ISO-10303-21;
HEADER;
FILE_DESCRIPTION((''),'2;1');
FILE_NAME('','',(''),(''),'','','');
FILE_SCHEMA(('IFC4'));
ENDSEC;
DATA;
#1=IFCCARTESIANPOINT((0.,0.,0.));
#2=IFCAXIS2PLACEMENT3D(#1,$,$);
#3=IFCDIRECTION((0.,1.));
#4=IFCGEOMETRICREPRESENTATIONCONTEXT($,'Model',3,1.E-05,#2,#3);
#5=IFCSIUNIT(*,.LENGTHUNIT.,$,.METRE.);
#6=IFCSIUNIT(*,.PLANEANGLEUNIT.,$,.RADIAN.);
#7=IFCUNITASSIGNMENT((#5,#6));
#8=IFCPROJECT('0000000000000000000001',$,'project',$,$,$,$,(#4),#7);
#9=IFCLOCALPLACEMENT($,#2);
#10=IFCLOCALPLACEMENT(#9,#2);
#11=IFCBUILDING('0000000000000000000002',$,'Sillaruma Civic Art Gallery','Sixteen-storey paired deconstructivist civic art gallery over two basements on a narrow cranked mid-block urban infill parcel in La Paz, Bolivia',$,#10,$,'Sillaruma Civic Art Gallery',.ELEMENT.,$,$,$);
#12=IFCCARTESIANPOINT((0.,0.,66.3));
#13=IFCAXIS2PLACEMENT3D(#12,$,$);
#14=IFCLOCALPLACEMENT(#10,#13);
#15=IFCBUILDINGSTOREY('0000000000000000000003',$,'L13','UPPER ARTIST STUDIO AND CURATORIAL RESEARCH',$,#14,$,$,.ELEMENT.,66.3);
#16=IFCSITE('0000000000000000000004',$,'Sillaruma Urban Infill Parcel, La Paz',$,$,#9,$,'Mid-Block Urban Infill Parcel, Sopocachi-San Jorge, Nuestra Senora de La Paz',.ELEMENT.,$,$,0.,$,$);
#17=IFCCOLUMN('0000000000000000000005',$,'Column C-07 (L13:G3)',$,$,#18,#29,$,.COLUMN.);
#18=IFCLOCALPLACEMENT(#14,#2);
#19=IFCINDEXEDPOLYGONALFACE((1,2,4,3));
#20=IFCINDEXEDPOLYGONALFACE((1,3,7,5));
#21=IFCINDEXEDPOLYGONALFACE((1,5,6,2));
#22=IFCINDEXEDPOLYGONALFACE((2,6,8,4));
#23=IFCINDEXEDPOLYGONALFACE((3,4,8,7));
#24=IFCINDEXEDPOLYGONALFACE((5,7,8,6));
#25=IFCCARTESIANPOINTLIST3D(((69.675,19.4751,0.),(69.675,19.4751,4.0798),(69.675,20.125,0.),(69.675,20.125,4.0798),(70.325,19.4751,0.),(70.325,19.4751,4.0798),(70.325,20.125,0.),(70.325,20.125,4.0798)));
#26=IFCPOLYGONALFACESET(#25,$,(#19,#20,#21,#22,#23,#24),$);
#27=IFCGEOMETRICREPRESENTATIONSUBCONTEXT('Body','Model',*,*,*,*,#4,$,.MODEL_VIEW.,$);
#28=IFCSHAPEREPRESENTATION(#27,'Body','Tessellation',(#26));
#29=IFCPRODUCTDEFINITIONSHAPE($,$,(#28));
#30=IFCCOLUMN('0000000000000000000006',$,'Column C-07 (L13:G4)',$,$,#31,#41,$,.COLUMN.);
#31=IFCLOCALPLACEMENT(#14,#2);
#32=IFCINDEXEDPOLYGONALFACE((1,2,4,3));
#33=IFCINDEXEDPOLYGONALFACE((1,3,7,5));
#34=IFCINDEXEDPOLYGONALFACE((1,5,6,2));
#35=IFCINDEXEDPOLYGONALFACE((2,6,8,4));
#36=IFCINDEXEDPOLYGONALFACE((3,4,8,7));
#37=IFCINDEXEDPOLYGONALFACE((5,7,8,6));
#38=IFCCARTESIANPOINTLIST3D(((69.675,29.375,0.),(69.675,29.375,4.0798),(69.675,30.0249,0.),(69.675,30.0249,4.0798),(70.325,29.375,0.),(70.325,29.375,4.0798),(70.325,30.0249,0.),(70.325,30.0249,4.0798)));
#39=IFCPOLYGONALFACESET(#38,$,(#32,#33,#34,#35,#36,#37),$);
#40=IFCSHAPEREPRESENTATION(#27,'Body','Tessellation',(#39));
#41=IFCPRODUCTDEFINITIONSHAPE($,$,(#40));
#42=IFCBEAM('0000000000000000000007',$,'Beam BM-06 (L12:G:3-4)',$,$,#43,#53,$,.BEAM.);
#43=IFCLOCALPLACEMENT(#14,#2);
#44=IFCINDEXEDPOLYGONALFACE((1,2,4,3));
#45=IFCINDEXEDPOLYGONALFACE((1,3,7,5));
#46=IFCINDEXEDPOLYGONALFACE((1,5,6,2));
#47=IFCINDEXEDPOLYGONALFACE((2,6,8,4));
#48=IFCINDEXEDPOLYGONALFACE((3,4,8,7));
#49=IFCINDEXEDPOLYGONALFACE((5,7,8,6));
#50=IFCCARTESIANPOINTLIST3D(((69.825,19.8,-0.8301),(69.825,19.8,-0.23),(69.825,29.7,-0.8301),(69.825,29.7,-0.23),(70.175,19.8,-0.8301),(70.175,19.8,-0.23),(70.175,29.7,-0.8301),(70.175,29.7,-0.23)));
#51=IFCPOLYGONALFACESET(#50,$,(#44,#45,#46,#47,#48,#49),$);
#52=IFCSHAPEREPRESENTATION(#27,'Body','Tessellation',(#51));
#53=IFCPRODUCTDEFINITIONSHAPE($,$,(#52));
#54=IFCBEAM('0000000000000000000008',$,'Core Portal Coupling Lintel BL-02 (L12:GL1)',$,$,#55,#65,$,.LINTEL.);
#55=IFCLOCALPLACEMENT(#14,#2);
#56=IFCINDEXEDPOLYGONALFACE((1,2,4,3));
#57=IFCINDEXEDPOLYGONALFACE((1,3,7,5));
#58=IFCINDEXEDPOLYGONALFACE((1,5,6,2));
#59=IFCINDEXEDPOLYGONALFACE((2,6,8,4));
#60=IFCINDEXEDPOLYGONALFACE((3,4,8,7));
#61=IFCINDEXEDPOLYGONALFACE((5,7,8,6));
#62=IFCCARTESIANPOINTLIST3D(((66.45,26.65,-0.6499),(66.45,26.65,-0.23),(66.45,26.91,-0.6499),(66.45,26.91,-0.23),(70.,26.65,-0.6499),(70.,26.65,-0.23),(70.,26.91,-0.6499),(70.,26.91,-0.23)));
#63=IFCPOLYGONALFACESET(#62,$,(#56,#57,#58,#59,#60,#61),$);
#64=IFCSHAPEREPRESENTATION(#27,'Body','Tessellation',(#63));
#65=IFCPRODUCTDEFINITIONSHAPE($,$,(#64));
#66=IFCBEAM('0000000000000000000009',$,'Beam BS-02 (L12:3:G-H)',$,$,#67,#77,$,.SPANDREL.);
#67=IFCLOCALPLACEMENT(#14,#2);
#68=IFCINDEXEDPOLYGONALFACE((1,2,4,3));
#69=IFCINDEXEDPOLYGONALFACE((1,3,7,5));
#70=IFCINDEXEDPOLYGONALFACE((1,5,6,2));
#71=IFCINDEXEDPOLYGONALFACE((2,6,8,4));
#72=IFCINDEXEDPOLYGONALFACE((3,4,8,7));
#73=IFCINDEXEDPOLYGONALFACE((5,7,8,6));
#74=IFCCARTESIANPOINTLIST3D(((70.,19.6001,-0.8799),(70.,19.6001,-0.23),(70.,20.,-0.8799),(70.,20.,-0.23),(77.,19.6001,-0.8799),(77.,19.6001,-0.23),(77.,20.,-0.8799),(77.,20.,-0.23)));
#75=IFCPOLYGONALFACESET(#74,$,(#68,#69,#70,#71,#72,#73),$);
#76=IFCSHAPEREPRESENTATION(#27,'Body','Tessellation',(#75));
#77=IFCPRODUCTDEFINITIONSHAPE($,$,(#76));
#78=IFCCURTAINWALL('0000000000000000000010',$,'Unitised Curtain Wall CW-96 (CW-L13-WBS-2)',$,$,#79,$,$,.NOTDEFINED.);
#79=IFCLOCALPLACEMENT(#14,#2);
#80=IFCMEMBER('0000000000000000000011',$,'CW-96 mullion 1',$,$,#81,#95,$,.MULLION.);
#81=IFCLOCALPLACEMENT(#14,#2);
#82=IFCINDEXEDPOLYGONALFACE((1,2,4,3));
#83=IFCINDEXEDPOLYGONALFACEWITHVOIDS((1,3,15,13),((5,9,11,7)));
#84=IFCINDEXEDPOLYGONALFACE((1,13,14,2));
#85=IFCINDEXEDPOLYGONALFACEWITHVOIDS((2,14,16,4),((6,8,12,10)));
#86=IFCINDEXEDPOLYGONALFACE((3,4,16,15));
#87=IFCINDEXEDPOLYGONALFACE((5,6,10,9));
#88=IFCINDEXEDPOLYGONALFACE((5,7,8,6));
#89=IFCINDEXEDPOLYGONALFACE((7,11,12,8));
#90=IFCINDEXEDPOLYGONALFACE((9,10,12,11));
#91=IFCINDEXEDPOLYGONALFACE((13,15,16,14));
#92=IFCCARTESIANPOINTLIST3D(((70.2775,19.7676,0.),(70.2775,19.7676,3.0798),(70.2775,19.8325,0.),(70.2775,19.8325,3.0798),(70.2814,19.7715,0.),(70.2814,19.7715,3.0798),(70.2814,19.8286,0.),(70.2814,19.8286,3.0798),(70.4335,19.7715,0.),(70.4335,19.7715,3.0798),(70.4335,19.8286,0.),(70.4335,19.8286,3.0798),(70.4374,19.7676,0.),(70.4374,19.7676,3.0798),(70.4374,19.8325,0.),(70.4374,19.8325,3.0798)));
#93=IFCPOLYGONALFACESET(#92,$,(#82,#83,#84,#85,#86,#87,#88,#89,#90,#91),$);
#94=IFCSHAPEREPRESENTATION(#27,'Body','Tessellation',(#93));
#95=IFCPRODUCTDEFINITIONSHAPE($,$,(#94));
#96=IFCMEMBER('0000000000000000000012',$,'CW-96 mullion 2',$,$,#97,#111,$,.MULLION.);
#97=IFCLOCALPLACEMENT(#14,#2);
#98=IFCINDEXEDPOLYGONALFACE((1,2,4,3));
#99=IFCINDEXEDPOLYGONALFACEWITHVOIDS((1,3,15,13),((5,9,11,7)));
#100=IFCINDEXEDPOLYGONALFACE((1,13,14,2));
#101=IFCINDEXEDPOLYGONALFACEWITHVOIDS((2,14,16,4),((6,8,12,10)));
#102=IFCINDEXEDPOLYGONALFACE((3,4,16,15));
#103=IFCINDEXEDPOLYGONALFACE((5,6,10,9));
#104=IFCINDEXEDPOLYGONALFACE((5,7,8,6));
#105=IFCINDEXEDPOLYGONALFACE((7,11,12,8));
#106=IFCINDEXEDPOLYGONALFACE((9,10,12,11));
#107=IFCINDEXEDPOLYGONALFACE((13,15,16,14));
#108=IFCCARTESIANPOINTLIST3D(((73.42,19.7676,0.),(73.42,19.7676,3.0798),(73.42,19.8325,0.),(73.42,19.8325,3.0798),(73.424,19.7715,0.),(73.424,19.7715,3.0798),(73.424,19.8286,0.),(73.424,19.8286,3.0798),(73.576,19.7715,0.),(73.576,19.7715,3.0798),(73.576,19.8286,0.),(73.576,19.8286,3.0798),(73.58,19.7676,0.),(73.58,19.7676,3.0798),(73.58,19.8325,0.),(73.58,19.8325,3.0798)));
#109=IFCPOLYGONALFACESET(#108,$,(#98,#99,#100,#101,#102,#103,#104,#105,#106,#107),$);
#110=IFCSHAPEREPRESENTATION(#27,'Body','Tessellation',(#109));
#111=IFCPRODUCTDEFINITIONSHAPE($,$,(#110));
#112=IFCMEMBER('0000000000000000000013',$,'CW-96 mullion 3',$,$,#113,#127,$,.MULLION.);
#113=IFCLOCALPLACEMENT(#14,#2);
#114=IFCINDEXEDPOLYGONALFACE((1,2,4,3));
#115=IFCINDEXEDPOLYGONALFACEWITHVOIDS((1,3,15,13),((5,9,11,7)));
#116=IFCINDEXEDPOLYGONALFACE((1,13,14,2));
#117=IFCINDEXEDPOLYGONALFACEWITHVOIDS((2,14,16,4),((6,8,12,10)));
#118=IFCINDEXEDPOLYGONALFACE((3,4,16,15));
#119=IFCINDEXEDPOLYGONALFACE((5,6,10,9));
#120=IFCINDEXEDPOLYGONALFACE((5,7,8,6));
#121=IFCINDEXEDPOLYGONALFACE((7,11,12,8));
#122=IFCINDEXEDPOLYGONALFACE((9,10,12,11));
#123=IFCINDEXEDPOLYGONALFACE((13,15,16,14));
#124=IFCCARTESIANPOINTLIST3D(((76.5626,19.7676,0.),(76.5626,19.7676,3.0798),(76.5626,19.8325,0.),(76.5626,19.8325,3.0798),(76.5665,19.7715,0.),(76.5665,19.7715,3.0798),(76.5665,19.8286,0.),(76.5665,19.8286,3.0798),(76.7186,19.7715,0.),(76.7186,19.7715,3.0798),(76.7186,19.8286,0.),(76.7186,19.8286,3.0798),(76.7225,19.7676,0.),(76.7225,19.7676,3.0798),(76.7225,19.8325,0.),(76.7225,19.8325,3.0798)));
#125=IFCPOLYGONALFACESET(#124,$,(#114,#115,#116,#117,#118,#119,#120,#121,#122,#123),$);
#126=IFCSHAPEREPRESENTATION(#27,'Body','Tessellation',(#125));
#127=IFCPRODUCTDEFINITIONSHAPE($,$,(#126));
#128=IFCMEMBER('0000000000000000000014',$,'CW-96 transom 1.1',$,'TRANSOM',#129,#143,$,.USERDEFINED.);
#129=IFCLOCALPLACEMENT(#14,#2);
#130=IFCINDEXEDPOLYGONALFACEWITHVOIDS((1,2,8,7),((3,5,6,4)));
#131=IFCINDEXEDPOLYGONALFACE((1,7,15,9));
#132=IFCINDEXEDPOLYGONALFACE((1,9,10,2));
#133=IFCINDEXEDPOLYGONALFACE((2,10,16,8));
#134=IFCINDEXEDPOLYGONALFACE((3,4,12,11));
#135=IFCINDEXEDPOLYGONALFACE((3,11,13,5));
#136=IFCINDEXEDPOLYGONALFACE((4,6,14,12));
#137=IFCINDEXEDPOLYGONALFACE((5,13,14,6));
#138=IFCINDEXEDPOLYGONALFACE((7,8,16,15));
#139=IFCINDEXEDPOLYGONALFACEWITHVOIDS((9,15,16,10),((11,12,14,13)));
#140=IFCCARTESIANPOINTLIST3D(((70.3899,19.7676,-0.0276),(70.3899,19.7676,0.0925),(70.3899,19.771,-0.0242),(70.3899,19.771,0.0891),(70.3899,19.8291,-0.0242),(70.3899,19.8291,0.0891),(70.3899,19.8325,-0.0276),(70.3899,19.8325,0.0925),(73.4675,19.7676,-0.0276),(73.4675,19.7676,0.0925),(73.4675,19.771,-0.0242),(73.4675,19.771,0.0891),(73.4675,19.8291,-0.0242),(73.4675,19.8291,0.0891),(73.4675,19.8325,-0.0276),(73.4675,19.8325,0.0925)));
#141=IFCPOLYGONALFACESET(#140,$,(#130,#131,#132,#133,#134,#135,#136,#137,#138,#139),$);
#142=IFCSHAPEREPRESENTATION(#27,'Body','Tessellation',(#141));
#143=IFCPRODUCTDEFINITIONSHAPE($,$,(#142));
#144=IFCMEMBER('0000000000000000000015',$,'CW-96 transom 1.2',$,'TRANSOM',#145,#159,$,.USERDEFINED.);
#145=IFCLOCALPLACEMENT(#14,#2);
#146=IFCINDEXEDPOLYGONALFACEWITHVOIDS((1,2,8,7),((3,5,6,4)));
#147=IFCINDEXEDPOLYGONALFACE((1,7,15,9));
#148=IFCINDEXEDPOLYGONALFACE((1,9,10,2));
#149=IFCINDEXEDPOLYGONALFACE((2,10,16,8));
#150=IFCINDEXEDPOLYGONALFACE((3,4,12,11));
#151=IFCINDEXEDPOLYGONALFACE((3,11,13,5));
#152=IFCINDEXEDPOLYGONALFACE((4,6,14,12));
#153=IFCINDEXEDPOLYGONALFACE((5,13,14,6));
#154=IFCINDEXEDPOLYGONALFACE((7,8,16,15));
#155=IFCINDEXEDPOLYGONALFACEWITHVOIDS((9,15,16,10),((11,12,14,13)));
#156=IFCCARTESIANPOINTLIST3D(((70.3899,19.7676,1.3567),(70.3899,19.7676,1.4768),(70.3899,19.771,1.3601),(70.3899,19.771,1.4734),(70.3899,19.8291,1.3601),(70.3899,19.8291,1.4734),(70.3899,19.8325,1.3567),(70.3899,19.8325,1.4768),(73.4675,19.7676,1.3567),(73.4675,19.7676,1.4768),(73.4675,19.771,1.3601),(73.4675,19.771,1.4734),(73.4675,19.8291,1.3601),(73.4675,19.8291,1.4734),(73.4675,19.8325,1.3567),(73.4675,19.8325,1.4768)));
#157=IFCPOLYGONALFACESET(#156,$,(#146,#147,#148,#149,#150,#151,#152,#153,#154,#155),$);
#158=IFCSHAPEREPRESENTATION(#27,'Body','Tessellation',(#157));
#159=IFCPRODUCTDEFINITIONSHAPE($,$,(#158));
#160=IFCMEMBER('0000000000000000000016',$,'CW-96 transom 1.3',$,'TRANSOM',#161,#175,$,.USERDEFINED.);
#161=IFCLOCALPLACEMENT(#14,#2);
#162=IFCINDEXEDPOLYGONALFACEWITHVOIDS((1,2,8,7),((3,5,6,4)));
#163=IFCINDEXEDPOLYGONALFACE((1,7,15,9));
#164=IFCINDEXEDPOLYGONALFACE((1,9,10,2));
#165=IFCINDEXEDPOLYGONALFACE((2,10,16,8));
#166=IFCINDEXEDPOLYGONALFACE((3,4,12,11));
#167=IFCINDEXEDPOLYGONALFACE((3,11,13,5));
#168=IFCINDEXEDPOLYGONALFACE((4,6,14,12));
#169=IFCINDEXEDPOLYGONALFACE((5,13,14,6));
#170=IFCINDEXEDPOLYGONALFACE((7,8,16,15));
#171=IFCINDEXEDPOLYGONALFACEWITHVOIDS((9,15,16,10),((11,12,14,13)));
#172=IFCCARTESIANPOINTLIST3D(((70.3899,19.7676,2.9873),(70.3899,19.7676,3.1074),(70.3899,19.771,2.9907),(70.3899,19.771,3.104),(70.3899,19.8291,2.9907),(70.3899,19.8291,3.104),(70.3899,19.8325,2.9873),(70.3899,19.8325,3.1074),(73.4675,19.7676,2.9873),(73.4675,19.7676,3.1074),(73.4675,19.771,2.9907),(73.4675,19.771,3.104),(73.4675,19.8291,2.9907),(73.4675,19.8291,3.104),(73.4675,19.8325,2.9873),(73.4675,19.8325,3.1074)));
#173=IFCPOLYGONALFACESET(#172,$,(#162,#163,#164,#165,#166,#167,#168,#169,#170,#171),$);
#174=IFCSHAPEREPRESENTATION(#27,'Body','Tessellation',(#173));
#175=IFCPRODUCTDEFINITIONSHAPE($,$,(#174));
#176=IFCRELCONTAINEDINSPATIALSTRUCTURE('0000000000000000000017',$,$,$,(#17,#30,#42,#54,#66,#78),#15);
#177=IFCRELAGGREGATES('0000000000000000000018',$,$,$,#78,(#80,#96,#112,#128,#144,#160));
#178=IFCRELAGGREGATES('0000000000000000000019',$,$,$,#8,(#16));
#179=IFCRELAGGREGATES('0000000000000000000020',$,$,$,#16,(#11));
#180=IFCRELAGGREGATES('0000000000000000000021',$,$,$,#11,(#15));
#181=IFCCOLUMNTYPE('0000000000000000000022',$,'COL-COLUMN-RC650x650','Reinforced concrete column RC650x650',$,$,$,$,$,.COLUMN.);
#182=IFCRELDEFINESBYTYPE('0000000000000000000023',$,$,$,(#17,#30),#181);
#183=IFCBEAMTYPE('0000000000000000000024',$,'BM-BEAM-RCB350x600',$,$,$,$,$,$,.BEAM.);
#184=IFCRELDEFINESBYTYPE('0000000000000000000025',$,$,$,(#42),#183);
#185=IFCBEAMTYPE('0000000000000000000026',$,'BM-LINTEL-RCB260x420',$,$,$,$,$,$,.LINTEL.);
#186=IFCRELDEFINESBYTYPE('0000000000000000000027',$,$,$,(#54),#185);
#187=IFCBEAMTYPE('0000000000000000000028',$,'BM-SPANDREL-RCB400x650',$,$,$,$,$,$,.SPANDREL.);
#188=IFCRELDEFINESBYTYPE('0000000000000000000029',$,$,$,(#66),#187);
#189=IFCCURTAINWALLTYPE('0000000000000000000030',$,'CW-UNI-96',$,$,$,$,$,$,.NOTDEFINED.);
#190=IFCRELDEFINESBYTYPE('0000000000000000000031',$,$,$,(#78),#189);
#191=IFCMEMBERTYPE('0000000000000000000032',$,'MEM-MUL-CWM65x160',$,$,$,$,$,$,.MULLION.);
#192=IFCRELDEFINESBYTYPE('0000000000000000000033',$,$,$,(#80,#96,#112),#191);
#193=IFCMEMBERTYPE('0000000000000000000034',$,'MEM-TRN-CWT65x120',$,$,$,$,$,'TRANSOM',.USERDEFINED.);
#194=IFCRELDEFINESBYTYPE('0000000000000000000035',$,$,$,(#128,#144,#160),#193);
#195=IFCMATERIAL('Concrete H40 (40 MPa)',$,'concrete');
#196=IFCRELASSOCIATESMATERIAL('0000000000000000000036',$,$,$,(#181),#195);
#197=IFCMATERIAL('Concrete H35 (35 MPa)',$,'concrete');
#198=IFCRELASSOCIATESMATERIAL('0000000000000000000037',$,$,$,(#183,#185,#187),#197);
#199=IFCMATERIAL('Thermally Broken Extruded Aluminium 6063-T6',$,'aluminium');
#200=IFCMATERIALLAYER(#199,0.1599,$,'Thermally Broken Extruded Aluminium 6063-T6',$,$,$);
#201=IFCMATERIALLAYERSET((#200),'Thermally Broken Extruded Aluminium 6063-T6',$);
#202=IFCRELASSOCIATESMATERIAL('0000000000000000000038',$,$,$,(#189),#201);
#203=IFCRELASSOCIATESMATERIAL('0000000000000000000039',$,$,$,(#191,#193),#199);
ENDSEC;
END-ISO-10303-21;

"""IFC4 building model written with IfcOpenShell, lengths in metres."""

from ifc_helpers import new_model, si_unit, direction, frame, origin, origin_2d, place, context, subcontext, project, spatial, rectangle, hollow_rectangle, extrude, material, layer, layer_set, material_profile, profile_set, type_object, element, aggregate, save


model = new_model("IFC4")

# Units and contexts
model_context = context("Model", 3, precision=1e-05, world=origin(), true_north=direction((0.0, 1.0)))
body_context = subcontext(model_context, "Body", "Model", "MODEL_VIEW")
ifc_project = project(units=[si_unit("LENGTHUNIT", "METRE"), si_unit("PLANEANGLEUNIT", "RADIAN")], contexts=[model_context])

# Site, building, storey
site_placement = place(None, origin())
site = spatial("IfcSite", under=ifc_project, at=site_placement, Name="Sillaruma Urban Infill Parcel, La Paz", LongName="Mid-Block Urban Infill Parcel, Sopocachi-San Jorge, Nuestra Senora de La Paz", CompositionType="ELEMENT", RefElevation=0.0)
building_placement = place(site_placement, origin())
building = spatial("IfcBuilding", under=site, at=building_placement, Name="Sillaruma Civic Art Gallery", Description="Sixteen-storey paired deconstructivist civic art gallery over two basements on a narrow cranked mid-block urban infill parcel in La Paz, Bolivia", LongName="Sillaruma Civic Art Gallery", CompositionType="ELEMENT")
storey_placement = place(building_placement, frame((0.0, 0.0, 66.3)))
storey = spatial("IfcBuildingStorey", under=building, at=storey_placement, Name="L13", Description="UPPER ARTIST STUDIO AND CURATORIAL RESEARCH", CompositionType="ELEMENT", Elevation=66.3)

# Columns
ifc_material_1 = material(Name="Concrete H40 (40 MPa)", Category="concrete")
ifc_material_profile_1 = material_profile(ifc_material_1, rectangle(XDim=0.6499, YDim=0.6499, at=origin_2d()), Name="RC650x650")
ifc_profile_set_1 = profile_set([ifc_material_profile_1], Name="Concrete H40 (40 MPa)")
column_type = type_object("IfcColumnType", Name="COL-COLUMN-RC650x650", Description="Reinforced concrete column RC650x650", PredefinedType="COLUMN", material=ifc_profile_set_1)
for number, where, z_axis, x_axis, name in (
    (1, (70.0, 19.8, 0.0), (0.0, 0.0, 1.0), (1.0, 0.0, 0.0), "Column C-07 (L13:G3)"),
    (2, (70.0, 29.7, 0.0), (0.0, 0.0, 1.0), (1.0, 0.0, 0.0), "Column C-07 (L13:G4)"),
):
    element("IfcColumn", number, at=place(storey_placement, frame(where, z_axis=z_axis, x_axis=x_axis)), inside=storey, type_object=column_type, Name=name, PredefinedType="COLUMN", context=body_context, shape_type="SweptSolid", body=[
        extrude(rectangle(XDim=0.6499, YDim=0.6499, at=origin_2d()), origin(), (0.0, 0.0, 1.0), 4.0798),
    ])

# Beams
ifc_material_2 = material(Name="Concrete H35 (35 MPa)", Category="concrete")
ifc_material_profile_2 = material_profile(ifc_material_2, rectangle(XDim=0.3501, YDim=0.6001, at=origin_2d()), Name="RCB350x600")
ifc_profile_set_2 = profile_set([ifc_material_profile_2], Name="Concrete H35 (35 MPa)")
beam_type_1 = type_object("IfcBeamType", Name="BM-BEAM-RCB350x600", PredefinedType="BEAM", material=ifc_profile_set_2)
beam_1_placement = place(storey_placement, frame((70.0, 19.8, -0.53), z_axis=(0.0, 1.0, 0.0), x_axis=(-1.0, 0.0, 0.0)))
element("IfcBeam", 3, at=beam_1_placement, inside=storey, type_object=beam_type_1, Name="Beam BM-06 (L12:G:3-4)", PredefinedType="BEAM", context=body_context, shape_type="SweptSolid", body=[
    extrude(rectangle(XDim=0.3501, YDim=0.6001, at=origin_2d()), origin(), (0.0, 0.0, 1.0), 9.8999),
])
ifc_material_profile_3 = material_profile(ifc_material_2, rectangle(XDim=0.26, YDim=0.4199, at=origin_2d()), Name="RCB260x420")
ifc_profile_set_3 = profile_set([ifc_material_profile_3], Name="Concrete H35 (35 MPa)")
beam_type_2 = type_object("IfcBeamType", Name="BM-LINTEL-RCB260x420", PredefinedType="LINTEL", material=ifc_profile_set_3)
beam_2_placement = place(storey_placement, frame((66.45, 26.78, -0.4399), z_axis=(1.0, 0.0, 0.0), x_axis=(0.0, 1.0, 0.0)))
element("IfcBeam", 4, at=beam_2_placement, inside=storey, type_object=beam_type_2, Name="Core Portal Coupling Lintel BL-02 (L12:GL1)", PredefinedType="LINTEL", context=body_context, shape_type="SweptSolid", body=[
    extrude(rectangle(XDim=0.26, YDim=0.4199, at=origin_2d()), origin(), (0.0, 0.0, 1.0), 3.55),
])
ifc_material_profile_4 = material_profile(ifc_material_2, rectangle(XDim=0.3999, YDim=0.6499, at=origin_2d()), Name="RCB400x650")
ifc_profile_set_4 = profile_set([ifc_material_profile_4], Name="Concrete H35 (35 MPa)")
beam_type_3 = type_object("IfcBeamType", Name="BM-SPANDREL-RCB400x650", PredefinedType="SPANDREL", material=ifc_profile_set_4)
beam_3_placement = place(storey_placement, frame((70.0, 19.8, -0.5549), z_axis=(1.0, 0.0, 0.0), x_axis=(0.0, 1.0, 0.0)))
element("IfcBeam", 5, at=beam_3_placement, inside=storey, type_object=beam_type_3, Name="Beam BS-02 (L12:3:G-H)", PredefinedType="SPANDREL", context=body_context, shape_type="SweptSolid", body=[
    extrude(rectangle(XDim=0.3999, YDim=0.6499, at=origin_2d()), origin(), (0.0, 0.0, 1.0), 7.0),
])

# Curtain wall, members
ifc_material_3 = material(Name="Thermally Broken Extruded Aluminium 6063-T6", Category="aluminium")
ifc_layer_1 = layer(ifc_material_3, 0.1599, Name="Thermally Broken Extruded Aluminium 6063-T6")
ifc_layer_set_1 = layer_set([ifc_layer_1], Name="Thermally Broken Extruded Aluminium 6063-T6")
curtain_wall_type = type_object("IfcCurtainWallType", Name="CW-UNI-96", PredefinedType="NOTDEFINED", material=ifc_layer_set_1)
curtain_wall_placement = place(storey_placement, origin())
curtain_wall = element("IfcCurtainWall", 6, at=curtain_wall_placement, inside=storey, type_object=curtain_wall_type, Name="Unitised Curtain Wall CW-96 (CW-L13-WBS-2)", PredefinedType="NOTDEFINED")
ifc_material_profile_5 = material_profile(ifc_material_3, hollow_rectangle(XDim=0.0649, YDim=0.1599, WallThickness=0.0039, at=origin_2d()), Name="CWM65x160")
ifc_profile_set_5 = profile_set([ifc_material_profile_5], Name="Thermally Broken Extruded Aluminium 6063-T6")
member_type_1 = type_object("IfcMemberType", Name="MEM-MUL-CWM65x160", PredefinedType="MULLION", material=ifc_profile_set_5)
member_1_placement = place(storey_placement, frame((70.3574, 19.8, 0.0), z_axis=(0.0, 0.0, 1.0), x_axis=(0.0, 1.0, 0.0)))
member_1 = element("IfcMember", 7, at=member_1_placement, type_object=member_type_1, Name="CW-96 mullion 1", PredefinedType="MULLION", context=body_context, shape_type="SweptSolid", body=[
    extrude(hollow_rectangle(XDim=0.0649, YDim=0.1599, WallThickness=0.0039, at=origin_2d()), origin(), (0.0, 0.0, 1.0), 3.0798),
])
member_2_placement = place(storey_placement, frame((73.5, 19.8, 0.0), z_axis=(0.0, 0.0, 1.0), x_axis=(0.0, 1.0, 0.0)))
member_2 = element("IfcMember", 8, at=member_2_placement, type_object=member_type_1, Name="CW-96 mullion 2", PredefinedType="MULLION", context=body_context, shape_type="SweptSolid", body=[
    extrude(hollow_rectangle(XDim=0.0649, YDim=0.1599, WallThickness=0.0039, at=origin_2d()), origin(), (0.0, 0.0, 1.0), 3.0798),
])
member_3_placement = place(storey_placement, frame((76.6426, 19.8, 0.0), z_axis=(0.0, 0.0, 1.0), x_axis=(0.0, 1.0, 0.0)))
member_3 = element("IfcMember", 9, at=member_3_placement, type_object=member_type_1, Name="CW-96 mullion 3", PredefinedType="MULLION", context=body_context, shape_type="SweptSolid", body=[
    extrude(hollow_rectangle(XDim=0.0649, YDim=0.1599, WallThickness=0.0039, at=origin_2d()), origin(), (0.0, 0.0, 1.0), 3.0798),
])
ifc_material_profile_6 = material_profile(ifc_material_3, hollow_rectangle(XDim=0.0649, YDim=0.1201, WallThickness=0.0034, at=origin_2d()), Name="CWT65x120")
ifc_profile_set_6 = profile_set([ifc_material_profile_6], Name="Thermally Broken Extruded Aluminium 6063-T6")
member_type_2 = type_object("IfcMemberType", Name="MEM-TRN-CWT65x120", ElementType="TRANSOM", PredefinedType="USERDEFINED", material=ifc_profile_set_6)
member_4_placement = place(storey_placement, frame((70.3899, 19.8, 0.0325), z_axis=(1.0, 0.0, 0.0), x_axis=(0.0, 1.0, 0.0)))
member_4 = element("IfcMember", 10, at=member_4_placement, type_object=member_type_2, Name="CW-96 transom 1.1", ObjectType="TRANSOM", PredefinedType="USERDEFINED", context=body_context, shape_type="SweptSolid", body=[
    extrude(hollow_rectangle(XDim=0.0649, YDim=0.1201, WallThickness=0.0034, at=origin_2d()), origin(), (0.0, 0.0, 1.0), 3.0776),
])
member_5_placement = place(storey_placement, frame((70.3899, 19.8, 1.4167), z_axis=(1.0, 0.0, 0.0), x_axis=(0.0, 1.0, 0.0)))
member_5 = element("IfcMember", 11, at=member_5_placement, type_object=member_type_2, Name="CW-96 transom 1.2", ObjectType="TRANSOM", PredefinedType="USERDEFINED", context=body_context, shape_type="SweptSolid", body=[
    extrude(hollow_rectangle(XDim=0.0649, YDim=0.1201, WallThickness=0.0034, at=origin_2d()), origin(), (0.0, 0.0, 1.0), 3.0776),
])
member_6_placement = place(storey_placement, frame((70.3899, 19.8, 3.0474), z_axis=(1.0, 0.0, 0.0), x_axis=(0.0, 1.0, 0.0)))
member_6 = element("IfcMember", 12, at=member_6_placement, type_object=member_type_2, Name="CW-96 transom 1.3", ObjectType="TRANSOM", PredefinedType="USERDEFINED", context=body_context, shape_type="SweptSolid", body=[
    extrude(hollow_rectangle(XDim=0.0649, YDim=0.1201, WallThickness=0.0034, at=origin_2d()), origin(), (0.0, 0.0, 1.0), 3.0776),
])
aggregate(curtain_wall, [member_1, member_2, member_3, member_4, member_5, member_6])

save(model, "model.ifc")
